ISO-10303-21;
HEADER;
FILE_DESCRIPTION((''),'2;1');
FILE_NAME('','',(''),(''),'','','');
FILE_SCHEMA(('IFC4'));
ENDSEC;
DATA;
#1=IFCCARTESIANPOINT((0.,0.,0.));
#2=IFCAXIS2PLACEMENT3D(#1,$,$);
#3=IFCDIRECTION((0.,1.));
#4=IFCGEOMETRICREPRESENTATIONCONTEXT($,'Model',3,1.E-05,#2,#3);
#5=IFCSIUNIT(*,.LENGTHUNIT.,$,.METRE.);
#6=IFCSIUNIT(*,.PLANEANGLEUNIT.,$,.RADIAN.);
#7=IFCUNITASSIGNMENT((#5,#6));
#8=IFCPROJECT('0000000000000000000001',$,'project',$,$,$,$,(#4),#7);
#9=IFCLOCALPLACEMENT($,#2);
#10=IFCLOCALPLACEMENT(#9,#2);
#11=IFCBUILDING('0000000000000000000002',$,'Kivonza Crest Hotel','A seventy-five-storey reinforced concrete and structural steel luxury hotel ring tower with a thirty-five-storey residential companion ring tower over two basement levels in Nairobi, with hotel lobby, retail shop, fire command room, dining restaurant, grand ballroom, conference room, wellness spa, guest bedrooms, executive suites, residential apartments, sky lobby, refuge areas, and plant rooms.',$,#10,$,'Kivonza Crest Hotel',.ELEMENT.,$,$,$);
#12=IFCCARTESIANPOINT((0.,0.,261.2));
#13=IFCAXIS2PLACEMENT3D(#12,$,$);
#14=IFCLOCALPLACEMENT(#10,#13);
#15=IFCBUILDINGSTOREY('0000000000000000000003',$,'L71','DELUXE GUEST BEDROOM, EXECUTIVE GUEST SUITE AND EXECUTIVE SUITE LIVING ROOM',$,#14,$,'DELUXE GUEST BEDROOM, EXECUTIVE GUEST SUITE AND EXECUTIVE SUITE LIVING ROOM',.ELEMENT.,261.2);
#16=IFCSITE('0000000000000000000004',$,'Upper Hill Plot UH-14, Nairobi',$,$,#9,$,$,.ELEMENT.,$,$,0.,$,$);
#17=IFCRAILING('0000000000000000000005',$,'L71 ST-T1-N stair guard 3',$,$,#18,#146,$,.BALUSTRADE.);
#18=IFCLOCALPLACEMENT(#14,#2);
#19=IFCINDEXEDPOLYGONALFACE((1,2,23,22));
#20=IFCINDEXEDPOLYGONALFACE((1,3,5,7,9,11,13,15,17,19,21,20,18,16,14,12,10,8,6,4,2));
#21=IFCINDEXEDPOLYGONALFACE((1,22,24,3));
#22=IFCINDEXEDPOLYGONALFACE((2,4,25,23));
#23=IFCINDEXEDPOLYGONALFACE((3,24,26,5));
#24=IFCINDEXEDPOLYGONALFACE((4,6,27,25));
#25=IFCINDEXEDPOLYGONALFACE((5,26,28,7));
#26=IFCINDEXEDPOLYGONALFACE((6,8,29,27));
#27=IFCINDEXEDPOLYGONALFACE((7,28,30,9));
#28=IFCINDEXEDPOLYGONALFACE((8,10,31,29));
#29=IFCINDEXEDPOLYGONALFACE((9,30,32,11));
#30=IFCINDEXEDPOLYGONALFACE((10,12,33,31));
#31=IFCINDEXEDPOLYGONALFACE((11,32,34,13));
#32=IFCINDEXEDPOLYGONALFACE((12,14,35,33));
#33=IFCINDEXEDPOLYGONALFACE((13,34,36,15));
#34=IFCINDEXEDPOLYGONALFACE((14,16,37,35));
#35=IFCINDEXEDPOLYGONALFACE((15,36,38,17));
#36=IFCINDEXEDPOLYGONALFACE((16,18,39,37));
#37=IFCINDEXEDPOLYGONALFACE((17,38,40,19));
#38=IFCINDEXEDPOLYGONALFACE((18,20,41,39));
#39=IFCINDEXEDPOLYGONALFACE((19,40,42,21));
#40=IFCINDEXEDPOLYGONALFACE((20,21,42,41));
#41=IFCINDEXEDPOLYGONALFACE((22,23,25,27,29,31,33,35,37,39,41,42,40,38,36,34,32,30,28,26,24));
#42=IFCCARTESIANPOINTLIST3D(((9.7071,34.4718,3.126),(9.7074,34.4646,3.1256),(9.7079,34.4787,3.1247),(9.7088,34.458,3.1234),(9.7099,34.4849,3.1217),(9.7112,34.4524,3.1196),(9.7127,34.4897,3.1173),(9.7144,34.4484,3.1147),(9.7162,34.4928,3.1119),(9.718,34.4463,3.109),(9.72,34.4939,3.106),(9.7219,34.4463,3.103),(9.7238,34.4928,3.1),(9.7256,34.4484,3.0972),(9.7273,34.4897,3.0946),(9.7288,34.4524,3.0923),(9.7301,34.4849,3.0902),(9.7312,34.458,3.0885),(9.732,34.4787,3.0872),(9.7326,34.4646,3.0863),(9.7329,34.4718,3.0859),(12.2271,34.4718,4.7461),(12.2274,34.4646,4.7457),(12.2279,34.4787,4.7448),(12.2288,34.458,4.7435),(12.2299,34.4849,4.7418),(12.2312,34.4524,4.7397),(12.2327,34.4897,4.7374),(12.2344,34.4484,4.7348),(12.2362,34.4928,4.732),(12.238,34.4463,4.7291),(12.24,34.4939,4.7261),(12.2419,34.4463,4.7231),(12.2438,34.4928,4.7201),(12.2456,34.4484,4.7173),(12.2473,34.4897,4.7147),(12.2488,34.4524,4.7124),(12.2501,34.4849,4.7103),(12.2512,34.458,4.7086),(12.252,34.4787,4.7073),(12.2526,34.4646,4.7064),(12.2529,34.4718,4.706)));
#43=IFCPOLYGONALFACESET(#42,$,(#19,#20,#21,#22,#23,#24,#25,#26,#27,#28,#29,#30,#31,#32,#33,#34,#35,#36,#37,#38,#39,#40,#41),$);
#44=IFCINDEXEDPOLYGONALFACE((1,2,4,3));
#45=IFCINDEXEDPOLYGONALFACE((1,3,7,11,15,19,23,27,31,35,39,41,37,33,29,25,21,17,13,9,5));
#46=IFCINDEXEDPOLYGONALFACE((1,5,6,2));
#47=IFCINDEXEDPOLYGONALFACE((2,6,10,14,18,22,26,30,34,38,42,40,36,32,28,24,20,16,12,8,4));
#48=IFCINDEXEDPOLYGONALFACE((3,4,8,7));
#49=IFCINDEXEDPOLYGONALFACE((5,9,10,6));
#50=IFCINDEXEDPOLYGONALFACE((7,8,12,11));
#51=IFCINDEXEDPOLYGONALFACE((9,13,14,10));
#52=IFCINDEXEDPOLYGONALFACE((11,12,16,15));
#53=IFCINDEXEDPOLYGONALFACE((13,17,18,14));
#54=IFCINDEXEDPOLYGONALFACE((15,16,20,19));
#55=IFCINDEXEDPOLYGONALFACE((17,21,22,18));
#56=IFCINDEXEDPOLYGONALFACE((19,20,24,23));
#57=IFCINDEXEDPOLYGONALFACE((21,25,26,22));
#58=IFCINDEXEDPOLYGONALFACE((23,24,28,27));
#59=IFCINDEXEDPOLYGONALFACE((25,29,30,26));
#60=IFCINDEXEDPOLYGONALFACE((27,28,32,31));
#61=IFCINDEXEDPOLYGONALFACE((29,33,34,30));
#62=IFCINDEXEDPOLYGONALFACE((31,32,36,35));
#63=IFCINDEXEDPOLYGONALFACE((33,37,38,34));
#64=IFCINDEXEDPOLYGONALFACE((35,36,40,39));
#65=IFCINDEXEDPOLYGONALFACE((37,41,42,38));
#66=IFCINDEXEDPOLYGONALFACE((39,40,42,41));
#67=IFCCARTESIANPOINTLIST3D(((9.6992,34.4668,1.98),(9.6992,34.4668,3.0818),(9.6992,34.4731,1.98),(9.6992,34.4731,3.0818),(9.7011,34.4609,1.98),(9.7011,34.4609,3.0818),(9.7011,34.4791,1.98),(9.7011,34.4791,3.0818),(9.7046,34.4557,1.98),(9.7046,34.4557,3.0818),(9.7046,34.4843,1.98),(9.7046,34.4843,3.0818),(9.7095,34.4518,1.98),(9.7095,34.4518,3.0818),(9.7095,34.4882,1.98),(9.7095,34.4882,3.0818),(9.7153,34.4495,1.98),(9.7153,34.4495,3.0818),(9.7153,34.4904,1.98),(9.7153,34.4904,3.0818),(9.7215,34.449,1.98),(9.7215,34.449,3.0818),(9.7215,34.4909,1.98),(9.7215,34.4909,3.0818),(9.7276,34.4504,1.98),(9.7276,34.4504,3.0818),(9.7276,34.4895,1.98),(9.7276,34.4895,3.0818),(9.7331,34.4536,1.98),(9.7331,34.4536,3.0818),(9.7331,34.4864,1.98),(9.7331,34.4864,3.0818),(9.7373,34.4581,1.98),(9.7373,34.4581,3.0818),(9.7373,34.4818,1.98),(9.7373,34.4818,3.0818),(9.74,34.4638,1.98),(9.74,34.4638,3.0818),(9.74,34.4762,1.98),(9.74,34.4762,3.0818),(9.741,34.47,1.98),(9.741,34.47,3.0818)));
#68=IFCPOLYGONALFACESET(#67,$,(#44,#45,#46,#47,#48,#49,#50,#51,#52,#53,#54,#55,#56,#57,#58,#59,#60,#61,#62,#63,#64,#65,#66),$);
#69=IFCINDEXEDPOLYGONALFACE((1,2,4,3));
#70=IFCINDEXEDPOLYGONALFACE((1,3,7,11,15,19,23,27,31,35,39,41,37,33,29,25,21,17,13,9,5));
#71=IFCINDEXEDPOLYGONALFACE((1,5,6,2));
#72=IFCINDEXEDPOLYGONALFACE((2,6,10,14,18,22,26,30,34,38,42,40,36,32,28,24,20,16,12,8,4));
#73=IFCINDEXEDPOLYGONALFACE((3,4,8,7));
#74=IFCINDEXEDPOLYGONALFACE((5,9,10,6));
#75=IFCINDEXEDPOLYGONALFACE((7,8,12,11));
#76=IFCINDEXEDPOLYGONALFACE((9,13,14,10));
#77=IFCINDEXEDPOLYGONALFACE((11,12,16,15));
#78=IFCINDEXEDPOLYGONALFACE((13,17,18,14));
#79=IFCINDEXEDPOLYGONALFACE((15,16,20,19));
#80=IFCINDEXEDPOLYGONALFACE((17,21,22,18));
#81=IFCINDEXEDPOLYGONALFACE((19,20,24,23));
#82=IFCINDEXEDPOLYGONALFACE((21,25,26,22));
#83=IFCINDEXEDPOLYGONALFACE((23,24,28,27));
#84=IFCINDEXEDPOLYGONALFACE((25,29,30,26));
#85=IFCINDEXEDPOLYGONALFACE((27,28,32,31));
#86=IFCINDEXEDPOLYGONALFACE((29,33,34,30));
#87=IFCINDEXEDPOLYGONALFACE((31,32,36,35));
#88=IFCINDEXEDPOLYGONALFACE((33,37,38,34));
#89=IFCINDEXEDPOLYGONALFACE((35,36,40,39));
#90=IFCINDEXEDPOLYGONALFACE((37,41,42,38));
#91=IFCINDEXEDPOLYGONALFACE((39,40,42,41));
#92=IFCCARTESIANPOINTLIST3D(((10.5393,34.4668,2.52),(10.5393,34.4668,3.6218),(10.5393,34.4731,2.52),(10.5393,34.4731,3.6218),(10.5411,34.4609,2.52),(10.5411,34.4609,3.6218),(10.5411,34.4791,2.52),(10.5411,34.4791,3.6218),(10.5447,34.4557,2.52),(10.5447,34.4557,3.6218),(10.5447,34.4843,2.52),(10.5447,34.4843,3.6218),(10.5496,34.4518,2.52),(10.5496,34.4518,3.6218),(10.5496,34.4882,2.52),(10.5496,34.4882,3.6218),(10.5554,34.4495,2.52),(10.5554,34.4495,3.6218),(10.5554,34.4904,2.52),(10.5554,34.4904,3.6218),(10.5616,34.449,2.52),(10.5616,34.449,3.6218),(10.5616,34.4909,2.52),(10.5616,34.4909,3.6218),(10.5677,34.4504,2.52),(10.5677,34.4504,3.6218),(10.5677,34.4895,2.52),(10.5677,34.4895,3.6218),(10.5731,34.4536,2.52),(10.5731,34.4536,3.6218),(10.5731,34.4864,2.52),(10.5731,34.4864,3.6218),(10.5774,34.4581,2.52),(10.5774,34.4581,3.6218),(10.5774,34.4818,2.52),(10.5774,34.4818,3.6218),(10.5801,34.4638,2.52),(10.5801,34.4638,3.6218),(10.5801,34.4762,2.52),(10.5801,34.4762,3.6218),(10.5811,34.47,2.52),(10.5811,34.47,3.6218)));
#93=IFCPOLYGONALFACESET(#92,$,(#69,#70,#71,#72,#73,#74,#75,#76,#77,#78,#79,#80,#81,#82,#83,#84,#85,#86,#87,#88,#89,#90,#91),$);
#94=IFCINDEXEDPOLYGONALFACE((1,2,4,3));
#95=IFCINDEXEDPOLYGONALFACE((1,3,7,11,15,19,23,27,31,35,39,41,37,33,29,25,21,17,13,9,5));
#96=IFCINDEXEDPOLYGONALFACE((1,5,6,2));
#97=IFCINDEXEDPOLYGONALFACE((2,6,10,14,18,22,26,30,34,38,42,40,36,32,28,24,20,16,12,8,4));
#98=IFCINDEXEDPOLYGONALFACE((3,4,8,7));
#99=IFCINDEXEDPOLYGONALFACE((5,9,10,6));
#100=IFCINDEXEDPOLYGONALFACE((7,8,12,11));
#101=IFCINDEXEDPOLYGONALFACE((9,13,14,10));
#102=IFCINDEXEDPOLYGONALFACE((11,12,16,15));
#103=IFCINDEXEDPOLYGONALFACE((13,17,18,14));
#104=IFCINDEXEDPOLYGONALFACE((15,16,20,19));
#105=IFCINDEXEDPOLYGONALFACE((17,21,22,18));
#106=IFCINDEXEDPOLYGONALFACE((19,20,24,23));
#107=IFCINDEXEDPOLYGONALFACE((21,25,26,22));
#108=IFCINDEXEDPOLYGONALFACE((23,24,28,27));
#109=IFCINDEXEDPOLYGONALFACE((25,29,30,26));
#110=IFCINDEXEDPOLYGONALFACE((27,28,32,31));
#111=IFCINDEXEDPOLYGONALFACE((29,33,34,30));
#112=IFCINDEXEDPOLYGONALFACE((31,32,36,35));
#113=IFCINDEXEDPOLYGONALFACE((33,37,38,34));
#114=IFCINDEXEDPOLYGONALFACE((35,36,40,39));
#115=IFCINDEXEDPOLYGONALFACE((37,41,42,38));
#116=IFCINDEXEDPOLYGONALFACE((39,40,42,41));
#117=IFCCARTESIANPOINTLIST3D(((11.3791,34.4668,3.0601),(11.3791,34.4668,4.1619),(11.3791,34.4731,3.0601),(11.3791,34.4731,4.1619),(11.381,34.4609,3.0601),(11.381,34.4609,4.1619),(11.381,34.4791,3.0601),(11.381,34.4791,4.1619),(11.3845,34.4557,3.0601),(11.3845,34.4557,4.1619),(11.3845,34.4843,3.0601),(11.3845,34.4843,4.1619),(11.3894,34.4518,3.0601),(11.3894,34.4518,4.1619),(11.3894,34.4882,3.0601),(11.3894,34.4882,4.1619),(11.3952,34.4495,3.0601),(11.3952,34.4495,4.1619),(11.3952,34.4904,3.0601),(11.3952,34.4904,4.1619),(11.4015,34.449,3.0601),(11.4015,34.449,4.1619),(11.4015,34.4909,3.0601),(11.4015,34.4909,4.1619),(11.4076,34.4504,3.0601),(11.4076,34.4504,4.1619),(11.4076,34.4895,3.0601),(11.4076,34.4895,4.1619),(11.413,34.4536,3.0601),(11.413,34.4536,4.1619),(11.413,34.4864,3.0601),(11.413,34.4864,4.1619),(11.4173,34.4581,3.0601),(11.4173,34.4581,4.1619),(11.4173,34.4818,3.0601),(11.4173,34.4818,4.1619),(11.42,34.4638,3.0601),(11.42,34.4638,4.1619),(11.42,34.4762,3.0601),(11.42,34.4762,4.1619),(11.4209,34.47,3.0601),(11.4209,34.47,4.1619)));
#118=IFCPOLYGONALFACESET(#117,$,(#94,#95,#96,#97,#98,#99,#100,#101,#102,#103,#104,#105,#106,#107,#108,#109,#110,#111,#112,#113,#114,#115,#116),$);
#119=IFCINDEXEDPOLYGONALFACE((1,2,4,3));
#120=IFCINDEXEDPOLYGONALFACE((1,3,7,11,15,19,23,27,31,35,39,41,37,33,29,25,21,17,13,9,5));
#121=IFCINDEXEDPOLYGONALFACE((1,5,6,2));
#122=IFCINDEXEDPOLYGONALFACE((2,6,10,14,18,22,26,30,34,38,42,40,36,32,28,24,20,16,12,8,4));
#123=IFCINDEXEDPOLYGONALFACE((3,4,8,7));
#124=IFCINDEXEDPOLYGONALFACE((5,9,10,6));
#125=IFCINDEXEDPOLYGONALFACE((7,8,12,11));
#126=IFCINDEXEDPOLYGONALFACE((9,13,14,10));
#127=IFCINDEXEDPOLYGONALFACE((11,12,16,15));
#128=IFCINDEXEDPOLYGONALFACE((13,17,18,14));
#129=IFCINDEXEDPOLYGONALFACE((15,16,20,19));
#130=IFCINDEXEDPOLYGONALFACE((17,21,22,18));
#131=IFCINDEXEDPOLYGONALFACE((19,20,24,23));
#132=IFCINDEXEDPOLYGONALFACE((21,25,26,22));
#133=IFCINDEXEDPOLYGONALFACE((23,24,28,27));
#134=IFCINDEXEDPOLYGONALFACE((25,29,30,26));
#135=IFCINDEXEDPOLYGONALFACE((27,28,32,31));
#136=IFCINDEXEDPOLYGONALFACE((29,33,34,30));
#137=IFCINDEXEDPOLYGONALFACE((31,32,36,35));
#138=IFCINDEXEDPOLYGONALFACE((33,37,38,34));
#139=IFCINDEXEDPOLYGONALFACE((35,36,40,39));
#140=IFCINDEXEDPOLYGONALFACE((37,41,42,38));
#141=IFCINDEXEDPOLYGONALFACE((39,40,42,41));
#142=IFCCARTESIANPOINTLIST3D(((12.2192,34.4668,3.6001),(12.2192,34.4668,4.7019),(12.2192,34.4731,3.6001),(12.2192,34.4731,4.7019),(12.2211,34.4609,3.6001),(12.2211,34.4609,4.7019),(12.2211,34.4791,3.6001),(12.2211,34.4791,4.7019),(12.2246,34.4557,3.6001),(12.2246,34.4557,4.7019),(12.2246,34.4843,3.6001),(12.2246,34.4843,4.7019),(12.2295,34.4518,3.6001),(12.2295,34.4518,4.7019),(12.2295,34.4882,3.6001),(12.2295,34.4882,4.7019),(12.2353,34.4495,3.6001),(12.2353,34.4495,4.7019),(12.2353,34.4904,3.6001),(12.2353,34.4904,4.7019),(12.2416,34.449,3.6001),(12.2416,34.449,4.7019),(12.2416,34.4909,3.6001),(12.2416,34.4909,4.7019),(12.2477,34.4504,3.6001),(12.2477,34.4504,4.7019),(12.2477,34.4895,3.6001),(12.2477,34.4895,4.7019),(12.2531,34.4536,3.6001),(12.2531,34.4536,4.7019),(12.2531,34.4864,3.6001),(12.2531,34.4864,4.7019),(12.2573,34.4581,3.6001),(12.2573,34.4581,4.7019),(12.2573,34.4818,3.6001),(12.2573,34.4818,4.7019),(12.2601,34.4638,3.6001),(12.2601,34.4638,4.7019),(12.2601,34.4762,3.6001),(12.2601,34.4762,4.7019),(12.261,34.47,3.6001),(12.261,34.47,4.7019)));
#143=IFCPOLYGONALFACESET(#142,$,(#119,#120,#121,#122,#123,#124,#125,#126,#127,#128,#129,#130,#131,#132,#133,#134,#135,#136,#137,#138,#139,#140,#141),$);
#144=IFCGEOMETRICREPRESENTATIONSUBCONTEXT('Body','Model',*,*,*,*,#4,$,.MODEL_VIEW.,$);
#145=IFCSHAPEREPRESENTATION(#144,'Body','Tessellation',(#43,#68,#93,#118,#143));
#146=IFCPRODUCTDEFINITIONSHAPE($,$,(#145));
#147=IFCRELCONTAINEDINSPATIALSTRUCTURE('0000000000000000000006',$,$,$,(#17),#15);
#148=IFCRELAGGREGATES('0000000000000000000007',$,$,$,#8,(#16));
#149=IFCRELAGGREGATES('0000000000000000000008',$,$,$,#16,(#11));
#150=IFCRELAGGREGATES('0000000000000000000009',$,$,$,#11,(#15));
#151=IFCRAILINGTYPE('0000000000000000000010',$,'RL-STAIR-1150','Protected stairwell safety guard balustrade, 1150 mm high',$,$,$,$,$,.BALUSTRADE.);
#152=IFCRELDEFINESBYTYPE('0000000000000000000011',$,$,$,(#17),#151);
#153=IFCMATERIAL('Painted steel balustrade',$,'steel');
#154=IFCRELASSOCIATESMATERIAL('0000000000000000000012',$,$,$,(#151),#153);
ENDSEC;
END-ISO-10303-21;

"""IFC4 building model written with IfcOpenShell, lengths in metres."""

from ifc_helpers import new_model, si_unit, direction, frame, origin, origin_2d, place, context, subcontext, project, spatial, circle, extrude, material, type_object, element, save


model = new_model("IFC4")

# Units and contexts
model_context = context("Model", 3, precision=1e-05, world=origin(), true_north=direction((0.0, 1.0)))
body_context = subcontext(model_context, "Body", "Model", "MODEL_VIEW")
ifc_project = project(units=[si_unit("LENGTHUNIT", "METRE"), si_unit("PLANEANGLEUNIT", "RADIAN")], contexts=[model_context])

# Site, building, storey
site_placement = place(None, origin())
site = spatial("IfcSite", under=ifc_project, at=site_placement, Name="Upper Hill Plot UH-14, Nairobi", CompositionType="ELEMENT", RefElevation=0.0)
building_placement = place(site_placement, origin())
building = spatial("IfcBuilding", under=site, at=building_placement, Name="Kivonza Crest Hotel", Description="A seventy-five-storey reinforced concrete and structural steel luxury hotel ring tower with a thirty-five-storey residential companion ring tower over two basement levels in Nairobi, with hotel lobby, retail shop, fire command room, dining restaurant, grand ballroom, conference room, wellness spa, guest bedrooms, executive suites, residential apartments, sky lobby, refuge areas, and plant rooms.", LongName="Kivonza Crest Hotel", CompositionType="ELEMENT")
storey_placement = place(building_placement, frame((0.0, 0.0, 261.2)))
storey = spatial("IfcBuildingStorey", under=building, at=storey_placement, Name="L71", Description="DELUXE GUEST BEDROOM, EXECUTIVE GUEST SUITE AND EXECUTIVE SUITE LIVING ROOM", LongName="DELUXE GUEST BEDROOM, EXECUTIVE GUEST SUITE AND EXECUTIVE SUITE LIVING ROOM", CompositionType="ELEMENT", Elevation=261.2)

# Railing
ifc_material_1 = material(Name="Painted steel balustrade", Category="steel")
railing_type_1 = type_object("IfcRailingType", Name="RL-STAIR-1150", Description="Protected stairwell safety guard balustrade, 1150 mm high", PredefinedType="BALUSTRADE", material=ifc_material_1)
railing_1_placement = place(storey_placement, frame((9.72, 34.47, 1.98)))
element("IfcRailing", 1, at=railing_1_placement, inside=storey, type_object=railing_type_1, Name="L71 ST-T1-N stair guard 3", PredefinedType="BALUSTRADE", context=body_context, shape_type="SweptSolid", body=[
    extrude(circle(Radius=0.0239, at=origin_2d()), frame((0.0, 0.0, 1.126), z_axis=(0.841163, 0.0, 0.540782), x_axis=(0.0, 1.0, 0.0)), (0.0, 0.0, 1.0), 2.9958),
    extrude(circle(Radius=0.021, at=origin_2d()), origin(), (0.0, 0.0, 1.0), 1.1018),
    extrude(circle(Radius=0.021, at=origin_2d()), frame((0.8401, 0.0, 0.54)), (0.0, 0.0, 1.0), 1.1018),
    extrude(circle(Radius=0.021, at=origin_2d()), frame((1.6799, 0.0, 1.0801)), (0.0, 0.0, 1.0), 1.1018),
    extrude(circle(Radius=0.021, at=origin_2d()), frame((2.52, 0.0, 1.6201)), (0.0, 0.0, 1.0), 1.1018),
])

save(model, "model.ifc")
